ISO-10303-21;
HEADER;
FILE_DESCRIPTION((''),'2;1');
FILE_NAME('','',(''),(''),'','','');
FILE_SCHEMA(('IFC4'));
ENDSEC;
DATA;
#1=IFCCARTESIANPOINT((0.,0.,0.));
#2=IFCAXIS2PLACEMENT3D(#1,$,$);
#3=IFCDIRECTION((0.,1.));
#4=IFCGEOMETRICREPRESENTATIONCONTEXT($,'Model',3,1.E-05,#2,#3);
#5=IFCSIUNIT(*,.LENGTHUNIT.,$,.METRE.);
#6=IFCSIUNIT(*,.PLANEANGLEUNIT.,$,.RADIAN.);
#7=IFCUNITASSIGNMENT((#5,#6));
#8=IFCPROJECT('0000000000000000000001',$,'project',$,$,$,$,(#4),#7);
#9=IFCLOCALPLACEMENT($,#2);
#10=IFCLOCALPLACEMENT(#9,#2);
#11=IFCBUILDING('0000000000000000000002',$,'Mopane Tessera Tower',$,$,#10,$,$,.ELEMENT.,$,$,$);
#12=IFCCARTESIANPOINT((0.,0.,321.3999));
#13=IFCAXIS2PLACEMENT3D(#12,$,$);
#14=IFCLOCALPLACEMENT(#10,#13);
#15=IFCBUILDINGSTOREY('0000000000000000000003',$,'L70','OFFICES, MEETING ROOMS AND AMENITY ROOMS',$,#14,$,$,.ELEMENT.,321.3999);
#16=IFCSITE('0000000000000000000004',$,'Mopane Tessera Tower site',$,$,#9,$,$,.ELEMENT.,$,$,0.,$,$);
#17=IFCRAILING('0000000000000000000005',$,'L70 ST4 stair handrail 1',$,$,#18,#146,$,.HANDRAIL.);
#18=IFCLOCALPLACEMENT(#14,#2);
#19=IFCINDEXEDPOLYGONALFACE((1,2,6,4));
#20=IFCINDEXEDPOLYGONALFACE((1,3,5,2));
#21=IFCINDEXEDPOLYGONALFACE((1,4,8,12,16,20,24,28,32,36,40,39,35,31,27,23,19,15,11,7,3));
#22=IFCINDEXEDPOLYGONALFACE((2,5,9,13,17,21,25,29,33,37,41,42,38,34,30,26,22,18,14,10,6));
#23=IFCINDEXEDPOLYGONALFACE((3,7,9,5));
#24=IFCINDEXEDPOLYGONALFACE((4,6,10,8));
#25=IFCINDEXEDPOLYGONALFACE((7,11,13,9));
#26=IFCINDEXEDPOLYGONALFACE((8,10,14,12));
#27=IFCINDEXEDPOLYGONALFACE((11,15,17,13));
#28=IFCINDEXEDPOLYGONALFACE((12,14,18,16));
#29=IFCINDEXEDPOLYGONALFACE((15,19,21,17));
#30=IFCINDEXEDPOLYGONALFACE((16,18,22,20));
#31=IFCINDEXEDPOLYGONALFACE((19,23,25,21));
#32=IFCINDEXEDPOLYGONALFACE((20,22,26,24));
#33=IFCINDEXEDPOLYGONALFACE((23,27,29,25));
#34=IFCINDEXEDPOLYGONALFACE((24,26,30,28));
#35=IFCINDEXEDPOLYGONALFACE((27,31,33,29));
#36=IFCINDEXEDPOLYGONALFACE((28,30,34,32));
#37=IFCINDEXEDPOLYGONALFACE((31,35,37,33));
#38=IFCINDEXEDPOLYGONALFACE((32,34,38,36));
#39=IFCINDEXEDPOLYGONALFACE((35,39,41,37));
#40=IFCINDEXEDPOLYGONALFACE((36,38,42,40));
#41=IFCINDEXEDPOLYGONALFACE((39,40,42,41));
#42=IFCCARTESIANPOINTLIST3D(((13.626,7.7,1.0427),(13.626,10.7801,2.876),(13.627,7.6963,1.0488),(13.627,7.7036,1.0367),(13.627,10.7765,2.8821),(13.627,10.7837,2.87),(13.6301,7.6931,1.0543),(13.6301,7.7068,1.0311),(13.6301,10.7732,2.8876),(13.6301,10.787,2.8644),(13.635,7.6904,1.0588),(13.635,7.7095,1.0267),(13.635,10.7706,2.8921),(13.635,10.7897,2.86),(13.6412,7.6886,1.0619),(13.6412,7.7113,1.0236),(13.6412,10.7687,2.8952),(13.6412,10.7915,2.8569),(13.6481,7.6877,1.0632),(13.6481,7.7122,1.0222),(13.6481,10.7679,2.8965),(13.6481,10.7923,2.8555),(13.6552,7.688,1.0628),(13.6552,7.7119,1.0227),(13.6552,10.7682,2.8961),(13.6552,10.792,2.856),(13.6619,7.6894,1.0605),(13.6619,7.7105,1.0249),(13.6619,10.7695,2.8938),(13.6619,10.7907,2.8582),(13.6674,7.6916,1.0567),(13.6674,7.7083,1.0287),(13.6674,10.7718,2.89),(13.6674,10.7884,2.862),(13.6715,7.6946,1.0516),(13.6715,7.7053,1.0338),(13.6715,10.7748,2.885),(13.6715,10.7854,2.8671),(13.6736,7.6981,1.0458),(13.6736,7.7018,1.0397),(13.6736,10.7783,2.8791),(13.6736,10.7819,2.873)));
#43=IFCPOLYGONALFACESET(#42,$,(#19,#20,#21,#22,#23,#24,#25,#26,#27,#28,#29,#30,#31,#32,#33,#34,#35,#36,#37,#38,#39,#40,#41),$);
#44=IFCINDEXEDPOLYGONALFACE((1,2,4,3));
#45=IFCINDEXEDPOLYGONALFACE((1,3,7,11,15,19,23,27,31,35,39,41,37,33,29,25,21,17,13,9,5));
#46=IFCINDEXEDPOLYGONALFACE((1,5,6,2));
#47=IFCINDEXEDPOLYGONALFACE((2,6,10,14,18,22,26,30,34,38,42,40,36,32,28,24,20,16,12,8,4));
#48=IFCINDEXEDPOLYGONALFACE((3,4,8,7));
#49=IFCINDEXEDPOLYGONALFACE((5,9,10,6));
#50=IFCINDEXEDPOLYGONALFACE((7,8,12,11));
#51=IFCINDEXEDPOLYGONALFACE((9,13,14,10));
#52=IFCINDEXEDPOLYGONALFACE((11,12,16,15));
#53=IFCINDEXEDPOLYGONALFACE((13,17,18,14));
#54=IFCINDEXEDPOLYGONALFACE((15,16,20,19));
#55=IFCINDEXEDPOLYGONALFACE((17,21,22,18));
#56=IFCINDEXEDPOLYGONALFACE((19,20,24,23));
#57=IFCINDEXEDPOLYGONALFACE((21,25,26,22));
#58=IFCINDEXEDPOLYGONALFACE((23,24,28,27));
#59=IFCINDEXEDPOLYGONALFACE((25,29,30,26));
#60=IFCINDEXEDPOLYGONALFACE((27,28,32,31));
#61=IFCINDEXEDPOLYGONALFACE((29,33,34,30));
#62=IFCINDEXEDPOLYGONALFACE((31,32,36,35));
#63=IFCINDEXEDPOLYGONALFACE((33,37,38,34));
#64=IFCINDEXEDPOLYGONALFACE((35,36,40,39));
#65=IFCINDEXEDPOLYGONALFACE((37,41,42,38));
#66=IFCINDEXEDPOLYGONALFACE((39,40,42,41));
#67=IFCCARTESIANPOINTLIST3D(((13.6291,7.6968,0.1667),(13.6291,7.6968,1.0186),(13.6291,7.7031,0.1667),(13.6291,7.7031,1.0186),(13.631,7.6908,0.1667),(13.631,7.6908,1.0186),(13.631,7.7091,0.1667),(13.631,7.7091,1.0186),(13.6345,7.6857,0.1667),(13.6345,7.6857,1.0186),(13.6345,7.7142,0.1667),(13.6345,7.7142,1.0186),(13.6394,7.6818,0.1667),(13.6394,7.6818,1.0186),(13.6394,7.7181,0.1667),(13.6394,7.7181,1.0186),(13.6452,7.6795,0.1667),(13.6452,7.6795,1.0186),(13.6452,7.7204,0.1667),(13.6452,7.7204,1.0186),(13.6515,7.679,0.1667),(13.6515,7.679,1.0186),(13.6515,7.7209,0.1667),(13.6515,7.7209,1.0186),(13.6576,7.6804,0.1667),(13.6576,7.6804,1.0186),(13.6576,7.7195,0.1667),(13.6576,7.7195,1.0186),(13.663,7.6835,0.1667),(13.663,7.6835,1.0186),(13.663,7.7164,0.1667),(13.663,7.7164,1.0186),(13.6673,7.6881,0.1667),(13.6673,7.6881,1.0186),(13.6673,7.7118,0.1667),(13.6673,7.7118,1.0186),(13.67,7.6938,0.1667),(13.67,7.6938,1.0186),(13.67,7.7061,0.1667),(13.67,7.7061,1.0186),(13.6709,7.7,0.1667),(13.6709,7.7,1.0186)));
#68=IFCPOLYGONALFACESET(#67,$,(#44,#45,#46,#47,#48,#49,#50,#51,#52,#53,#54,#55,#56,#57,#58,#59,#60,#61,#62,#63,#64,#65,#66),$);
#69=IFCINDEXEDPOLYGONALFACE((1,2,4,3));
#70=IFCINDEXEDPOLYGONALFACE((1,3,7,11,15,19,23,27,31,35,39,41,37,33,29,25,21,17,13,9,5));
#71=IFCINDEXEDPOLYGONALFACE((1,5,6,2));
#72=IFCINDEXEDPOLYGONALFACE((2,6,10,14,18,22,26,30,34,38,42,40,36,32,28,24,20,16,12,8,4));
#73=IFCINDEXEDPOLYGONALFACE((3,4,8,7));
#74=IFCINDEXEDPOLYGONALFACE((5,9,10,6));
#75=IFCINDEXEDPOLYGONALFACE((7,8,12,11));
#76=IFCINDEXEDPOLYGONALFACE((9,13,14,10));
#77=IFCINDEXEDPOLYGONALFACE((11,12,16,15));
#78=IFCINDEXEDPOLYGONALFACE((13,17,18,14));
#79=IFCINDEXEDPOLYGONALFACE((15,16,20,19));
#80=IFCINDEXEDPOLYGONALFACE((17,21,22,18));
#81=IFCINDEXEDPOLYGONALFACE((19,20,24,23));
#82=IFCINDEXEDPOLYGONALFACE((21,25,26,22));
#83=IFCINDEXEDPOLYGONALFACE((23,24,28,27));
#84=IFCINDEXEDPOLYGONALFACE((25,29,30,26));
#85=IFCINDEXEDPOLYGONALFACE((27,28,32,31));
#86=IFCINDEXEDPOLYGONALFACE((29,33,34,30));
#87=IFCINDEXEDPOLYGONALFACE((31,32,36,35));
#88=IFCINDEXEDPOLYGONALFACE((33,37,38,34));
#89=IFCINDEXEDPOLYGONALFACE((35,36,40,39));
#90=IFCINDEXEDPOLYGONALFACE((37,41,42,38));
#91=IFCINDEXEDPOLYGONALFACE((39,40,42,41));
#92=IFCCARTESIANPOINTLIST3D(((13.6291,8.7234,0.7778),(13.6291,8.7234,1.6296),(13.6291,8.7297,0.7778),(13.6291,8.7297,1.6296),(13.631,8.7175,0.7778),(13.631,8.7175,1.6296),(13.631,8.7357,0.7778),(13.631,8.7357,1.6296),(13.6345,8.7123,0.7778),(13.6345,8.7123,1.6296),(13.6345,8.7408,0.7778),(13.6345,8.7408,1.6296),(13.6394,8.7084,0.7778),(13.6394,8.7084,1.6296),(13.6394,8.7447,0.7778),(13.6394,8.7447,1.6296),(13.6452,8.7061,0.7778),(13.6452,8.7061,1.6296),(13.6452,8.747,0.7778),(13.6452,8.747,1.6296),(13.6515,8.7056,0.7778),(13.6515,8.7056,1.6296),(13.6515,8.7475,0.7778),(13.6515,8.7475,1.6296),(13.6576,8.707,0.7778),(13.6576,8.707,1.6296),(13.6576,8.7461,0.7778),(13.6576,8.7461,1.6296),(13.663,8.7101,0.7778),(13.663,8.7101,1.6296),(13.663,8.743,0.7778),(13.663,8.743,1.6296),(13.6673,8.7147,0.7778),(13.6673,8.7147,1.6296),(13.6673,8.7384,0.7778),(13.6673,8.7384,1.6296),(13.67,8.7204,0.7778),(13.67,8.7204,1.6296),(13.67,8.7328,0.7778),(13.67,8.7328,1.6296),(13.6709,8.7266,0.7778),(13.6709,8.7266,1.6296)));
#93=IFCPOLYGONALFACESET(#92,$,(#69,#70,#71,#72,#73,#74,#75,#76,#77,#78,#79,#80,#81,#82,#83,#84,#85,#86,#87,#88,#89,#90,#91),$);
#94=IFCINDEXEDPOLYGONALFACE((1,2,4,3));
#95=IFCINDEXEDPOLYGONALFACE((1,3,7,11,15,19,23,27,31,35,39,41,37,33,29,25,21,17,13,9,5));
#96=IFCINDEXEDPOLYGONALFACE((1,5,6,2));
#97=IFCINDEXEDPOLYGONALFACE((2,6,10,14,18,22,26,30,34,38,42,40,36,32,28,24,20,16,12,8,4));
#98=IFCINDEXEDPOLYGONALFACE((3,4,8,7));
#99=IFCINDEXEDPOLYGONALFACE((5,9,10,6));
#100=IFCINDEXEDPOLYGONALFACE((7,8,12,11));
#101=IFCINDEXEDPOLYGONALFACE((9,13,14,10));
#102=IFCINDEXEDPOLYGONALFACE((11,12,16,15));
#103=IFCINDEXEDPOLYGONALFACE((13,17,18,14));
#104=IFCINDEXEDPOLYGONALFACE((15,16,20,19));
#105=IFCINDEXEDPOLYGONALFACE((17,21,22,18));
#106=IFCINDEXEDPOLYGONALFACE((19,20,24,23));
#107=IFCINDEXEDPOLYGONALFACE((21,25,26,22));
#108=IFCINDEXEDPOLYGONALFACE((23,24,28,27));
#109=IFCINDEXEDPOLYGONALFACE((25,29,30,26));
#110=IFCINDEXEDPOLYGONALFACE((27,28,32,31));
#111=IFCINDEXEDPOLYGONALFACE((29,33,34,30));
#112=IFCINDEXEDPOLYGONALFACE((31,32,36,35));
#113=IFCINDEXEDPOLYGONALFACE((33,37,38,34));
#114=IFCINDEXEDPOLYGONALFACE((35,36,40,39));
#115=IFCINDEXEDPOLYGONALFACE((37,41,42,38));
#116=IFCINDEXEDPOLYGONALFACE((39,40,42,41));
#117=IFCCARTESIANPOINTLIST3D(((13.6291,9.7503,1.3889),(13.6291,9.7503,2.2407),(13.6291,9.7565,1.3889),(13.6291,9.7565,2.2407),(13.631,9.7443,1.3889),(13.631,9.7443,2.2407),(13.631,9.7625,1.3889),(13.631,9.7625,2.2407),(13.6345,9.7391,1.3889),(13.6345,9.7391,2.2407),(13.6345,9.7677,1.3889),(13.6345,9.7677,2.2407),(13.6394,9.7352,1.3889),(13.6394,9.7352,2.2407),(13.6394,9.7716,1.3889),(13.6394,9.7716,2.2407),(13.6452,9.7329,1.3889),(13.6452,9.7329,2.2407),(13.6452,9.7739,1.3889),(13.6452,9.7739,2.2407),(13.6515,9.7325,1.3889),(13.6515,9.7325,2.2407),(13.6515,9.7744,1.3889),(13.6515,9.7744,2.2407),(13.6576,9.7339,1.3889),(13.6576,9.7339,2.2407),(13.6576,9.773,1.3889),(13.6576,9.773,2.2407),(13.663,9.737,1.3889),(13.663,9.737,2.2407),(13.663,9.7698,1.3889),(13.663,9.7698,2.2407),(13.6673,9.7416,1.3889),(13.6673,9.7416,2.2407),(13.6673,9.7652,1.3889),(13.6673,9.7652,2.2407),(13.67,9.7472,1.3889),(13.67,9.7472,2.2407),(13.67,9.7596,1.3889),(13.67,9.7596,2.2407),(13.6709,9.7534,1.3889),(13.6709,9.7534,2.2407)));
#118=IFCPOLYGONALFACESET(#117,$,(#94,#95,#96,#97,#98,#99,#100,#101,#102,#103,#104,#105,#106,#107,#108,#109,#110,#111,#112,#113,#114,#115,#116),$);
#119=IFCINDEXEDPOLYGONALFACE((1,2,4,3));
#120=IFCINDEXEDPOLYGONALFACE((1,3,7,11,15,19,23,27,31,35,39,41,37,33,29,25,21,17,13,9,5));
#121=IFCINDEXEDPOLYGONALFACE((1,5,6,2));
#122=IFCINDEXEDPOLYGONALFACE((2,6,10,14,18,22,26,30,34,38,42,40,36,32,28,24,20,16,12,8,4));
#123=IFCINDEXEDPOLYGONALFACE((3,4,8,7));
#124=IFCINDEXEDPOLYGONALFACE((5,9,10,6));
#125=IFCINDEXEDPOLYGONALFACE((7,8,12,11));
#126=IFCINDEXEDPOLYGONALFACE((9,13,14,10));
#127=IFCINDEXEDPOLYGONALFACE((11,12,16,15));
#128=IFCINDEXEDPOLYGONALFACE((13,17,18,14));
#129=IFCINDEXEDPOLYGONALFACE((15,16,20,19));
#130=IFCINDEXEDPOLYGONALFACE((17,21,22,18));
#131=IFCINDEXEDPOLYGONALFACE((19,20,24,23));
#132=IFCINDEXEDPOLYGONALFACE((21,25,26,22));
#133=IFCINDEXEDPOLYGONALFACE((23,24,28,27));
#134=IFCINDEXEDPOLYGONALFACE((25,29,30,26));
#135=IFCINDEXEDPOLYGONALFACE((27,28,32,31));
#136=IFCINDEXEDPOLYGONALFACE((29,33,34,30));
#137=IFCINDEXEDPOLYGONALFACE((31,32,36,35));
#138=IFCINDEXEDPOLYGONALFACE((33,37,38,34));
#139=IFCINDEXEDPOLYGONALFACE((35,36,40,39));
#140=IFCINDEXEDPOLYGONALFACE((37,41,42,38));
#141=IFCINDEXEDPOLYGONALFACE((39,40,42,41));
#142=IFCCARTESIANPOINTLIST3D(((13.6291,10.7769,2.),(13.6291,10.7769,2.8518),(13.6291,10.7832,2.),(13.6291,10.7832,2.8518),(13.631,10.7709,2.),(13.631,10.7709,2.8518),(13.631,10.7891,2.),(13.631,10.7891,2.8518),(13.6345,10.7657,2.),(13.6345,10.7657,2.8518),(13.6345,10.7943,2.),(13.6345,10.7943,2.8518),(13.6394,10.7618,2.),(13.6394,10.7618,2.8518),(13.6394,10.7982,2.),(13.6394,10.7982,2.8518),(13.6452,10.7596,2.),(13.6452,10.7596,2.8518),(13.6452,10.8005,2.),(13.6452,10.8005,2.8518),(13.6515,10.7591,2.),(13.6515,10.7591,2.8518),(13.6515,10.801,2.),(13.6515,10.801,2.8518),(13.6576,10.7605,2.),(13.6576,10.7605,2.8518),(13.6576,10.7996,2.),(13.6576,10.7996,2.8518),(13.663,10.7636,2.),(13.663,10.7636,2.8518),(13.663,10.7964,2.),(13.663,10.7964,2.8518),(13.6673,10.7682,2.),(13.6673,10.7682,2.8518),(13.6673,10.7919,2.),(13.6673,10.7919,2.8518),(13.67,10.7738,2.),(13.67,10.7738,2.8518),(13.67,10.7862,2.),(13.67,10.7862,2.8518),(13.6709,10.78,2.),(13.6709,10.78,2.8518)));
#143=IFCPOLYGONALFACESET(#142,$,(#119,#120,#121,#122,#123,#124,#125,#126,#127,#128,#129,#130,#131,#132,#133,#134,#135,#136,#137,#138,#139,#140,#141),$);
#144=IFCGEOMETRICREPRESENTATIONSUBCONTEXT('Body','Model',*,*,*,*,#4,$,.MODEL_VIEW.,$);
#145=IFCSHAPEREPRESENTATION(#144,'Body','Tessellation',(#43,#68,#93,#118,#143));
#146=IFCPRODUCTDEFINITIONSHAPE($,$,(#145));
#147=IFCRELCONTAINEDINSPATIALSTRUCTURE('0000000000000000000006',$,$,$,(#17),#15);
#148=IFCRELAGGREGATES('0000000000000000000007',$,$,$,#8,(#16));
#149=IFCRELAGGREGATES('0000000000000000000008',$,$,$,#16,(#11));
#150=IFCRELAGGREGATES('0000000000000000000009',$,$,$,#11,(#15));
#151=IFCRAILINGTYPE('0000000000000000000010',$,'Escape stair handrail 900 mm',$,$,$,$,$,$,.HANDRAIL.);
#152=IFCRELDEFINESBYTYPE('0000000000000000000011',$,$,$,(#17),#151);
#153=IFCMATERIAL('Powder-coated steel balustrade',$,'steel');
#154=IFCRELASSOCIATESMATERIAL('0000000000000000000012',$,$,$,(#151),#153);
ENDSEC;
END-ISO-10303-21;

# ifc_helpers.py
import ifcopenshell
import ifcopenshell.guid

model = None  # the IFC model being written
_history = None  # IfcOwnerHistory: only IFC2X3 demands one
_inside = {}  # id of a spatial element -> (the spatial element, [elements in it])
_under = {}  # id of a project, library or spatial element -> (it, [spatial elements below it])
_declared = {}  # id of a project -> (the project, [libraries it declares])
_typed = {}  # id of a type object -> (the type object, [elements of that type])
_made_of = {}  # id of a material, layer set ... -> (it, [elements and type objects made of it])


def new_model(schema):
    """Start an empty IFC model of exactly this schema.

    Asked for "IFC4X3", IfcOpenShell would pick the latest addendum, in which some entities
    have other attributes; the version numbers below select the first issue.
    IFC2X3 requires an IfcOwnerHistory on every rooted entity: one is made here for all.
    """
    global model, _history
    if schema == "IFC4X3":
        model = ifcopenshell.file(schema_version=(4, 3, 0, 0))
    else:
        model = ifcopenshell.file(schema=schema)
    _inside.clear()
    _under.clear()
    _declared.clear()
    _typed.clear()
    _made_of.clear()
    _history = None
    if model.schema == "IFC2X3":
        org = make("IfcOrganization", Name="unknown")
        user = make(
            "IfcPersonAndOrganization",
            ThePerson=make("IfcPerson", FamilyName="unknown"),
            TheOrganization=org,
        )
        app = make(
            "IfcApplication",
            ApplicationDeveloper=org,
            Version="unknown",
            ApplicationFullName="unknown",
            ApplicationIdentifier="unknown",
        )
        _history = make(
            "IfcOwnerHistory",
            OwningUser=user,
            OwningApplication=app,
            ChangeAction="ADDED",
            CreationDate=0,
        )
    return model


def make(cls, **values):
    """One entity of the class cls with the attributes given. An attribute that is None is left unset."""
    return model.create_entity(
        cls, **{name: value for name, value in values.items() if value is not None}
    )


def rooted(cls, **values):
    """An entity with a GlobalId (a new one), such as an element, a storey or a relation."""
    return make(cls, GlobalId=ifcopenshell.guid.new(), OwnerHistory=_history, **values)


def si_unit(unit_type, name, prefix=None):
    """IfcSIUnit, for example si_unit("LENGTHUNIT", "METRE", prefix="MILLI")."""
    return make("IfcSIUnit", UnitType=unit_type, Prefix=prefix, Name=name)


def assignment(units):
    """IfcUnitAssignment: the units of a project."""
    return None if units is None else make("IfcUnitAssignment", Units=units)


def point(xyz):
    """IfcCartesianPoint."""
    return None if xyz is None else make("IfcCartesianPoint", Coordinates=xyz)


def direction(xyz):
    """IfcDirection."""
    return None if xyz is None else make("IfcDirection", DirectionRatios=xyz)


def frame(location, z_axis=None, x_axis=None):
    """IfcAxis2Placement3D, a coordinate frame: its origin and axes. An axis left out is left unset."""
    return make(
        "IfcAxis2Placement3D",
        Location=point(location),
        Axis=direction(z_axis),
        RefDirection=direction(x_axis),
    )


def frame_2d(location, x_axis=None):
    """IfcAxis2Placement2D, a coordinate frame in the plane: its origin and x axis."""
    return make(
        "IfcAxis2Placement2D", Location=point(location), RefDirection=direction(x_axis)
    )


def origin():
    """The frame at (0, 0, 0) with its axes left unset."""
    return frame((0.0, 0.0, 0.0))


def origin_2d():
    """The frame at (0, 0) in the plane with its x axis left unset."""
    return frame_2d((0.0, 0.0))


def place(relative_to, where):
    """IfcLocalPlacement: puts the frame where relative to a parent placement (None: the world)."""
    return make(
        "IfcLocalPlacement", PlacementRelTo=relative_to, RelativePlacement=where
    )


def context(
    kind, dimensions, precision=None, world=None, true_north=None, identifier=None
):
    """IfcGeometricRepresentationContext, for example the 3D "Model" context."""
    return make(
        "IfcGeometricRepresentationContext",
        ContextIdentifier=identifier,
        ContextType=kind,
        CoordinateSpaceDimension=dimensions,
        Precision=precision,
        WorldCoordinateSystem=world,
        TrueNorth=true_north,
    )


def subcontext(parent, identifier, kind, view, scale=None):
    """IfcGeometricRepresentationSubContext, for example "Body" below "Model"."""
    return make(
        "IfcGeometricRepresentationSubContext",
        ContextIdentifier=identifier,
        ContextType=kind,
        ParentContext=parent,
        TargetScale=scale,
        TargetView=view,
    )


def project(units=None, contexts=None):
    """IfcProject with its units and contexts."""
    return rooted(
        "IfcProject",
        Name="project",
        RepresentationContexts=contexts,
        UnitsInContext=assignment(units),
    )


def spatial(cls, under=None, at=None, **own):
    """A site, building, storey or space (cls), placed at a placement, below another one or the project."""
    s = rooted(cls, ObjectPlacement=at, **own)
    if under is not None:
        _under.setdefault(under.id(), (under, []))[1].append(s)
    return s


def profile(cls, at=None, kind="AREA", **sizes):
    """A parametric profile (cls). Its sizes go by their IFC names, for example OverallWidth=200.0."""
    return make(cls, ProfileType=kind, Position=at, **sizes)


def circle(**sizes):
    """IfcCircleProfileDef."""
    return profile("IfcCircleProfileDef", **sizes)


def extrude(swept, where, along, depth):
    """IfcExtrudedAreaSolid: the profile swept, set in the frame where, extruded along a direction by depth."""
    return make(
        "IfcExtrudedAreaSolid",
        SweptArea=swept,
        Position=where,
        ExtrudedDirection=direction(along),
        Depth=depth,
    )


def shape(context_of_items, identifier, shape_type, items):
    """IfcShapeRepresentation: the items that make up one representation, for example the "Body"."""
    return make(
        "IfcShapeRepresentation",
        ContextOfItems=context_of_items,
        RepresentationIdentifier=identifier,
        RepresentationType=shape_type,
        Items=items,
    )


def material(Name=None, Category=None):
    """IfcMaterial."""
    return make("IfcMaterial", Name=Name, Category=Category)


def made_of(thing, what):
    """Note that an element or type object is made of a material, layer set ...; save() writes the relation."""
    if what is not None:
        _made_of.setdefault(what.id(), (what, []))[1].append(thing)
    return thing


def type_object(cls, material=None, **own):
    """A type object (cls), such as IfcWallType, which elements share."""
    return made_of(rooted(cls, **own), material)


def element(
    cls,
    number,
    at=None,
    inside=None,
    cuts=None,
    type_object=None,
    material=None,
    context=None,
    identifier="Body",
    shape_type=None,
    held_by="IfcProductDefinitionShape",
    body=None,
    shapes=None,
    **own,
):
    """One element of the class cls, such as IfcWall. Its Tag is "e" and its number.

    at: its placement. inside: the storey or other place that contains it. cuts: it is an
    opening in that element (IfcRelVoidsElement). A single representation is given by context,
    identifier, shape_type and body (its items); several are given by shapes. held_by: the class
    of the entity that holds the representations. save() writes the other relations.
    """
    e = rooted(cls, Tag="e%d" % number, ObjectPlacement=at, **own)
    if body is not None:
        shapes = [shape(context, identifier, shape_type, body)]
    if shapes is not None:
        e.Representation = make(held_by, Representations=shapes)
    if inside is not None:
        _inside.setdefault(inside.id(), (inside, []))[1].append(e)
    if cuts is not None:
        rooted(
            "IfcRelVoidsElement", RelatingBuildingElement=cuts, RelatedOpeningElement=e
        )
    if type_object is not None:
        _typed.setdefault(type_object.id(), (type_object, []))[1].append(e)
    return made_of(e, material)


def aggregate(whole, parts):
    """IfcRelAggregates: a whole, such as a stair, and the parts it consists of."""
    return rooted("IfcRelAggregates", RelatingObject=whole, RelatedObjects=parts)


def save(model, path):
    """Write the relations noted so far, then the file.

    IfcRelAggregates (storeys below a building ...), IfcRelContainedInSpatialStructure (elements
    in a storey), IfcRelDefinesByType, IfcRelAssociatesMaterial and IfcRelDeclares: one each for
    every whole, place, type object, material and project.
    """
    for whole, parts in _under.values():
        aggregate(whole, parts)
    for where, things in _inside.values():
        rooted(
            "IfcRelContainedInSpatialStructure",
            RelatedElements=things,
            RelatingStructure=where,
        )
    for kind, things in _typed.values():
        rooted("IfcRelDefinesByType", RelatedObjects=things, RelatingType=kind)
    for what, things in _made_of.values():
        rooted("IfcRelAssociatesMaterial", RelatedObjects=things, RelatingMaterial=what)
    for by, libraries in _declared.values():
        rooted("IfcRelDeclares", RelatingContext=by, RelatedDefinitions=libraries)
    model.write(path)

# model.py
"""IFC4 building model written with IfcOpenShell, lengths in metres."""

from ifc_helpers import new_model, si_unit, direction, frame, origin, origin_2d, place, context, subcontext, project, spatial, circle, extrude, material, type_object, element, save


model = new_model("IFC4")

# Units and contexts
model_context = context("Model", 3, precision=1e-05, world=origin(), true_north=direction((0.0, 1.0)))
body_context = subcontext(model_context, "Body", "Model", "MODEL_VIEW")
ifc_project = project(units=[si_unit("LENGTHUNIT", "METRE"), si_unit("PLANEANGLEUNIT", "RADIAN")], contexts=[model_context])

# Site, building, storey
site_placement = place(None, origin())
site = spatial("IfcSite", under=ifc_project, at=site_placement, Name="Mopane Tessera Tower site", CompositionType="ELEMENT", RefElevation=0.0)
building_placement = place(site_placement, origin())
building = spatial("IfcBuilding", under=site, at=building_placement, Name="Mopane Tessera Tower", CompositionType="ELEMENT")
storey_placement = place(building_placement, frame((0.0, 0.0, 321.3999)))
storey = spatial("IfcBuildingStorey", under=building, at=storey_placement, Name="L70", Description="OFFICES, MEETING ROOMS AND AMENITY ROOMS", CompositionType="ELEMENT", Elevation=321.3999)

# Railing
ifc_material_1 = material(Name="Powder-coated steel balustrade", Category="steel")
railing_type_1 = type_object("IfcRailingType", Name="Escape stair handrail 900 mm", PredefinedType="HANDRAIL", material=ifc_material_1)
railing_1_placement = place(storey_placement, frame((13.6499, 7.7, 0.1667)))
element("IfcRailing", 1, at=railing_1_placement, inside=storey, type_object=railing_type_1, Name="L70 ST4 stair handrail 1", PredefinedType="HANDRAIL", context=body_context, shape_type="SweptSolid", body=[
    extrude(circle(Radius=0.0239, at=origin_2d()), frame((0.0, 0.0, 0.876), z_axis=(0.0, 0.859309, 0.511458), x_axis=(-1.0, 0.0, 0.0)), (0.0, 0.0, 1.0), 3.5845),
    extrude(circle(Radius=0.021, at=origin_2d()), origin(), (0.0, 0.0, 1.0), 0.8518),
    extrude(circle(Radius=0.021, at=origin_2d()), frame((0.0, 1.0266, 0.6111)), (0.0, 0.0, 1.0), 0.8518),
    extrude(circle(Radius=0.021, at=origin_2d()), frame((0.0, 2.0535, 1.2222)), (0.0, 0.0, 1.0), 0.8518),
    extrude(circle(Radius=0.021, at=origin_2d()), frame((0.0, 3.0801, 1.8333)), (0.0, 0.0, 1.0), 0.8518),
])

save(model, "model.ifc")
